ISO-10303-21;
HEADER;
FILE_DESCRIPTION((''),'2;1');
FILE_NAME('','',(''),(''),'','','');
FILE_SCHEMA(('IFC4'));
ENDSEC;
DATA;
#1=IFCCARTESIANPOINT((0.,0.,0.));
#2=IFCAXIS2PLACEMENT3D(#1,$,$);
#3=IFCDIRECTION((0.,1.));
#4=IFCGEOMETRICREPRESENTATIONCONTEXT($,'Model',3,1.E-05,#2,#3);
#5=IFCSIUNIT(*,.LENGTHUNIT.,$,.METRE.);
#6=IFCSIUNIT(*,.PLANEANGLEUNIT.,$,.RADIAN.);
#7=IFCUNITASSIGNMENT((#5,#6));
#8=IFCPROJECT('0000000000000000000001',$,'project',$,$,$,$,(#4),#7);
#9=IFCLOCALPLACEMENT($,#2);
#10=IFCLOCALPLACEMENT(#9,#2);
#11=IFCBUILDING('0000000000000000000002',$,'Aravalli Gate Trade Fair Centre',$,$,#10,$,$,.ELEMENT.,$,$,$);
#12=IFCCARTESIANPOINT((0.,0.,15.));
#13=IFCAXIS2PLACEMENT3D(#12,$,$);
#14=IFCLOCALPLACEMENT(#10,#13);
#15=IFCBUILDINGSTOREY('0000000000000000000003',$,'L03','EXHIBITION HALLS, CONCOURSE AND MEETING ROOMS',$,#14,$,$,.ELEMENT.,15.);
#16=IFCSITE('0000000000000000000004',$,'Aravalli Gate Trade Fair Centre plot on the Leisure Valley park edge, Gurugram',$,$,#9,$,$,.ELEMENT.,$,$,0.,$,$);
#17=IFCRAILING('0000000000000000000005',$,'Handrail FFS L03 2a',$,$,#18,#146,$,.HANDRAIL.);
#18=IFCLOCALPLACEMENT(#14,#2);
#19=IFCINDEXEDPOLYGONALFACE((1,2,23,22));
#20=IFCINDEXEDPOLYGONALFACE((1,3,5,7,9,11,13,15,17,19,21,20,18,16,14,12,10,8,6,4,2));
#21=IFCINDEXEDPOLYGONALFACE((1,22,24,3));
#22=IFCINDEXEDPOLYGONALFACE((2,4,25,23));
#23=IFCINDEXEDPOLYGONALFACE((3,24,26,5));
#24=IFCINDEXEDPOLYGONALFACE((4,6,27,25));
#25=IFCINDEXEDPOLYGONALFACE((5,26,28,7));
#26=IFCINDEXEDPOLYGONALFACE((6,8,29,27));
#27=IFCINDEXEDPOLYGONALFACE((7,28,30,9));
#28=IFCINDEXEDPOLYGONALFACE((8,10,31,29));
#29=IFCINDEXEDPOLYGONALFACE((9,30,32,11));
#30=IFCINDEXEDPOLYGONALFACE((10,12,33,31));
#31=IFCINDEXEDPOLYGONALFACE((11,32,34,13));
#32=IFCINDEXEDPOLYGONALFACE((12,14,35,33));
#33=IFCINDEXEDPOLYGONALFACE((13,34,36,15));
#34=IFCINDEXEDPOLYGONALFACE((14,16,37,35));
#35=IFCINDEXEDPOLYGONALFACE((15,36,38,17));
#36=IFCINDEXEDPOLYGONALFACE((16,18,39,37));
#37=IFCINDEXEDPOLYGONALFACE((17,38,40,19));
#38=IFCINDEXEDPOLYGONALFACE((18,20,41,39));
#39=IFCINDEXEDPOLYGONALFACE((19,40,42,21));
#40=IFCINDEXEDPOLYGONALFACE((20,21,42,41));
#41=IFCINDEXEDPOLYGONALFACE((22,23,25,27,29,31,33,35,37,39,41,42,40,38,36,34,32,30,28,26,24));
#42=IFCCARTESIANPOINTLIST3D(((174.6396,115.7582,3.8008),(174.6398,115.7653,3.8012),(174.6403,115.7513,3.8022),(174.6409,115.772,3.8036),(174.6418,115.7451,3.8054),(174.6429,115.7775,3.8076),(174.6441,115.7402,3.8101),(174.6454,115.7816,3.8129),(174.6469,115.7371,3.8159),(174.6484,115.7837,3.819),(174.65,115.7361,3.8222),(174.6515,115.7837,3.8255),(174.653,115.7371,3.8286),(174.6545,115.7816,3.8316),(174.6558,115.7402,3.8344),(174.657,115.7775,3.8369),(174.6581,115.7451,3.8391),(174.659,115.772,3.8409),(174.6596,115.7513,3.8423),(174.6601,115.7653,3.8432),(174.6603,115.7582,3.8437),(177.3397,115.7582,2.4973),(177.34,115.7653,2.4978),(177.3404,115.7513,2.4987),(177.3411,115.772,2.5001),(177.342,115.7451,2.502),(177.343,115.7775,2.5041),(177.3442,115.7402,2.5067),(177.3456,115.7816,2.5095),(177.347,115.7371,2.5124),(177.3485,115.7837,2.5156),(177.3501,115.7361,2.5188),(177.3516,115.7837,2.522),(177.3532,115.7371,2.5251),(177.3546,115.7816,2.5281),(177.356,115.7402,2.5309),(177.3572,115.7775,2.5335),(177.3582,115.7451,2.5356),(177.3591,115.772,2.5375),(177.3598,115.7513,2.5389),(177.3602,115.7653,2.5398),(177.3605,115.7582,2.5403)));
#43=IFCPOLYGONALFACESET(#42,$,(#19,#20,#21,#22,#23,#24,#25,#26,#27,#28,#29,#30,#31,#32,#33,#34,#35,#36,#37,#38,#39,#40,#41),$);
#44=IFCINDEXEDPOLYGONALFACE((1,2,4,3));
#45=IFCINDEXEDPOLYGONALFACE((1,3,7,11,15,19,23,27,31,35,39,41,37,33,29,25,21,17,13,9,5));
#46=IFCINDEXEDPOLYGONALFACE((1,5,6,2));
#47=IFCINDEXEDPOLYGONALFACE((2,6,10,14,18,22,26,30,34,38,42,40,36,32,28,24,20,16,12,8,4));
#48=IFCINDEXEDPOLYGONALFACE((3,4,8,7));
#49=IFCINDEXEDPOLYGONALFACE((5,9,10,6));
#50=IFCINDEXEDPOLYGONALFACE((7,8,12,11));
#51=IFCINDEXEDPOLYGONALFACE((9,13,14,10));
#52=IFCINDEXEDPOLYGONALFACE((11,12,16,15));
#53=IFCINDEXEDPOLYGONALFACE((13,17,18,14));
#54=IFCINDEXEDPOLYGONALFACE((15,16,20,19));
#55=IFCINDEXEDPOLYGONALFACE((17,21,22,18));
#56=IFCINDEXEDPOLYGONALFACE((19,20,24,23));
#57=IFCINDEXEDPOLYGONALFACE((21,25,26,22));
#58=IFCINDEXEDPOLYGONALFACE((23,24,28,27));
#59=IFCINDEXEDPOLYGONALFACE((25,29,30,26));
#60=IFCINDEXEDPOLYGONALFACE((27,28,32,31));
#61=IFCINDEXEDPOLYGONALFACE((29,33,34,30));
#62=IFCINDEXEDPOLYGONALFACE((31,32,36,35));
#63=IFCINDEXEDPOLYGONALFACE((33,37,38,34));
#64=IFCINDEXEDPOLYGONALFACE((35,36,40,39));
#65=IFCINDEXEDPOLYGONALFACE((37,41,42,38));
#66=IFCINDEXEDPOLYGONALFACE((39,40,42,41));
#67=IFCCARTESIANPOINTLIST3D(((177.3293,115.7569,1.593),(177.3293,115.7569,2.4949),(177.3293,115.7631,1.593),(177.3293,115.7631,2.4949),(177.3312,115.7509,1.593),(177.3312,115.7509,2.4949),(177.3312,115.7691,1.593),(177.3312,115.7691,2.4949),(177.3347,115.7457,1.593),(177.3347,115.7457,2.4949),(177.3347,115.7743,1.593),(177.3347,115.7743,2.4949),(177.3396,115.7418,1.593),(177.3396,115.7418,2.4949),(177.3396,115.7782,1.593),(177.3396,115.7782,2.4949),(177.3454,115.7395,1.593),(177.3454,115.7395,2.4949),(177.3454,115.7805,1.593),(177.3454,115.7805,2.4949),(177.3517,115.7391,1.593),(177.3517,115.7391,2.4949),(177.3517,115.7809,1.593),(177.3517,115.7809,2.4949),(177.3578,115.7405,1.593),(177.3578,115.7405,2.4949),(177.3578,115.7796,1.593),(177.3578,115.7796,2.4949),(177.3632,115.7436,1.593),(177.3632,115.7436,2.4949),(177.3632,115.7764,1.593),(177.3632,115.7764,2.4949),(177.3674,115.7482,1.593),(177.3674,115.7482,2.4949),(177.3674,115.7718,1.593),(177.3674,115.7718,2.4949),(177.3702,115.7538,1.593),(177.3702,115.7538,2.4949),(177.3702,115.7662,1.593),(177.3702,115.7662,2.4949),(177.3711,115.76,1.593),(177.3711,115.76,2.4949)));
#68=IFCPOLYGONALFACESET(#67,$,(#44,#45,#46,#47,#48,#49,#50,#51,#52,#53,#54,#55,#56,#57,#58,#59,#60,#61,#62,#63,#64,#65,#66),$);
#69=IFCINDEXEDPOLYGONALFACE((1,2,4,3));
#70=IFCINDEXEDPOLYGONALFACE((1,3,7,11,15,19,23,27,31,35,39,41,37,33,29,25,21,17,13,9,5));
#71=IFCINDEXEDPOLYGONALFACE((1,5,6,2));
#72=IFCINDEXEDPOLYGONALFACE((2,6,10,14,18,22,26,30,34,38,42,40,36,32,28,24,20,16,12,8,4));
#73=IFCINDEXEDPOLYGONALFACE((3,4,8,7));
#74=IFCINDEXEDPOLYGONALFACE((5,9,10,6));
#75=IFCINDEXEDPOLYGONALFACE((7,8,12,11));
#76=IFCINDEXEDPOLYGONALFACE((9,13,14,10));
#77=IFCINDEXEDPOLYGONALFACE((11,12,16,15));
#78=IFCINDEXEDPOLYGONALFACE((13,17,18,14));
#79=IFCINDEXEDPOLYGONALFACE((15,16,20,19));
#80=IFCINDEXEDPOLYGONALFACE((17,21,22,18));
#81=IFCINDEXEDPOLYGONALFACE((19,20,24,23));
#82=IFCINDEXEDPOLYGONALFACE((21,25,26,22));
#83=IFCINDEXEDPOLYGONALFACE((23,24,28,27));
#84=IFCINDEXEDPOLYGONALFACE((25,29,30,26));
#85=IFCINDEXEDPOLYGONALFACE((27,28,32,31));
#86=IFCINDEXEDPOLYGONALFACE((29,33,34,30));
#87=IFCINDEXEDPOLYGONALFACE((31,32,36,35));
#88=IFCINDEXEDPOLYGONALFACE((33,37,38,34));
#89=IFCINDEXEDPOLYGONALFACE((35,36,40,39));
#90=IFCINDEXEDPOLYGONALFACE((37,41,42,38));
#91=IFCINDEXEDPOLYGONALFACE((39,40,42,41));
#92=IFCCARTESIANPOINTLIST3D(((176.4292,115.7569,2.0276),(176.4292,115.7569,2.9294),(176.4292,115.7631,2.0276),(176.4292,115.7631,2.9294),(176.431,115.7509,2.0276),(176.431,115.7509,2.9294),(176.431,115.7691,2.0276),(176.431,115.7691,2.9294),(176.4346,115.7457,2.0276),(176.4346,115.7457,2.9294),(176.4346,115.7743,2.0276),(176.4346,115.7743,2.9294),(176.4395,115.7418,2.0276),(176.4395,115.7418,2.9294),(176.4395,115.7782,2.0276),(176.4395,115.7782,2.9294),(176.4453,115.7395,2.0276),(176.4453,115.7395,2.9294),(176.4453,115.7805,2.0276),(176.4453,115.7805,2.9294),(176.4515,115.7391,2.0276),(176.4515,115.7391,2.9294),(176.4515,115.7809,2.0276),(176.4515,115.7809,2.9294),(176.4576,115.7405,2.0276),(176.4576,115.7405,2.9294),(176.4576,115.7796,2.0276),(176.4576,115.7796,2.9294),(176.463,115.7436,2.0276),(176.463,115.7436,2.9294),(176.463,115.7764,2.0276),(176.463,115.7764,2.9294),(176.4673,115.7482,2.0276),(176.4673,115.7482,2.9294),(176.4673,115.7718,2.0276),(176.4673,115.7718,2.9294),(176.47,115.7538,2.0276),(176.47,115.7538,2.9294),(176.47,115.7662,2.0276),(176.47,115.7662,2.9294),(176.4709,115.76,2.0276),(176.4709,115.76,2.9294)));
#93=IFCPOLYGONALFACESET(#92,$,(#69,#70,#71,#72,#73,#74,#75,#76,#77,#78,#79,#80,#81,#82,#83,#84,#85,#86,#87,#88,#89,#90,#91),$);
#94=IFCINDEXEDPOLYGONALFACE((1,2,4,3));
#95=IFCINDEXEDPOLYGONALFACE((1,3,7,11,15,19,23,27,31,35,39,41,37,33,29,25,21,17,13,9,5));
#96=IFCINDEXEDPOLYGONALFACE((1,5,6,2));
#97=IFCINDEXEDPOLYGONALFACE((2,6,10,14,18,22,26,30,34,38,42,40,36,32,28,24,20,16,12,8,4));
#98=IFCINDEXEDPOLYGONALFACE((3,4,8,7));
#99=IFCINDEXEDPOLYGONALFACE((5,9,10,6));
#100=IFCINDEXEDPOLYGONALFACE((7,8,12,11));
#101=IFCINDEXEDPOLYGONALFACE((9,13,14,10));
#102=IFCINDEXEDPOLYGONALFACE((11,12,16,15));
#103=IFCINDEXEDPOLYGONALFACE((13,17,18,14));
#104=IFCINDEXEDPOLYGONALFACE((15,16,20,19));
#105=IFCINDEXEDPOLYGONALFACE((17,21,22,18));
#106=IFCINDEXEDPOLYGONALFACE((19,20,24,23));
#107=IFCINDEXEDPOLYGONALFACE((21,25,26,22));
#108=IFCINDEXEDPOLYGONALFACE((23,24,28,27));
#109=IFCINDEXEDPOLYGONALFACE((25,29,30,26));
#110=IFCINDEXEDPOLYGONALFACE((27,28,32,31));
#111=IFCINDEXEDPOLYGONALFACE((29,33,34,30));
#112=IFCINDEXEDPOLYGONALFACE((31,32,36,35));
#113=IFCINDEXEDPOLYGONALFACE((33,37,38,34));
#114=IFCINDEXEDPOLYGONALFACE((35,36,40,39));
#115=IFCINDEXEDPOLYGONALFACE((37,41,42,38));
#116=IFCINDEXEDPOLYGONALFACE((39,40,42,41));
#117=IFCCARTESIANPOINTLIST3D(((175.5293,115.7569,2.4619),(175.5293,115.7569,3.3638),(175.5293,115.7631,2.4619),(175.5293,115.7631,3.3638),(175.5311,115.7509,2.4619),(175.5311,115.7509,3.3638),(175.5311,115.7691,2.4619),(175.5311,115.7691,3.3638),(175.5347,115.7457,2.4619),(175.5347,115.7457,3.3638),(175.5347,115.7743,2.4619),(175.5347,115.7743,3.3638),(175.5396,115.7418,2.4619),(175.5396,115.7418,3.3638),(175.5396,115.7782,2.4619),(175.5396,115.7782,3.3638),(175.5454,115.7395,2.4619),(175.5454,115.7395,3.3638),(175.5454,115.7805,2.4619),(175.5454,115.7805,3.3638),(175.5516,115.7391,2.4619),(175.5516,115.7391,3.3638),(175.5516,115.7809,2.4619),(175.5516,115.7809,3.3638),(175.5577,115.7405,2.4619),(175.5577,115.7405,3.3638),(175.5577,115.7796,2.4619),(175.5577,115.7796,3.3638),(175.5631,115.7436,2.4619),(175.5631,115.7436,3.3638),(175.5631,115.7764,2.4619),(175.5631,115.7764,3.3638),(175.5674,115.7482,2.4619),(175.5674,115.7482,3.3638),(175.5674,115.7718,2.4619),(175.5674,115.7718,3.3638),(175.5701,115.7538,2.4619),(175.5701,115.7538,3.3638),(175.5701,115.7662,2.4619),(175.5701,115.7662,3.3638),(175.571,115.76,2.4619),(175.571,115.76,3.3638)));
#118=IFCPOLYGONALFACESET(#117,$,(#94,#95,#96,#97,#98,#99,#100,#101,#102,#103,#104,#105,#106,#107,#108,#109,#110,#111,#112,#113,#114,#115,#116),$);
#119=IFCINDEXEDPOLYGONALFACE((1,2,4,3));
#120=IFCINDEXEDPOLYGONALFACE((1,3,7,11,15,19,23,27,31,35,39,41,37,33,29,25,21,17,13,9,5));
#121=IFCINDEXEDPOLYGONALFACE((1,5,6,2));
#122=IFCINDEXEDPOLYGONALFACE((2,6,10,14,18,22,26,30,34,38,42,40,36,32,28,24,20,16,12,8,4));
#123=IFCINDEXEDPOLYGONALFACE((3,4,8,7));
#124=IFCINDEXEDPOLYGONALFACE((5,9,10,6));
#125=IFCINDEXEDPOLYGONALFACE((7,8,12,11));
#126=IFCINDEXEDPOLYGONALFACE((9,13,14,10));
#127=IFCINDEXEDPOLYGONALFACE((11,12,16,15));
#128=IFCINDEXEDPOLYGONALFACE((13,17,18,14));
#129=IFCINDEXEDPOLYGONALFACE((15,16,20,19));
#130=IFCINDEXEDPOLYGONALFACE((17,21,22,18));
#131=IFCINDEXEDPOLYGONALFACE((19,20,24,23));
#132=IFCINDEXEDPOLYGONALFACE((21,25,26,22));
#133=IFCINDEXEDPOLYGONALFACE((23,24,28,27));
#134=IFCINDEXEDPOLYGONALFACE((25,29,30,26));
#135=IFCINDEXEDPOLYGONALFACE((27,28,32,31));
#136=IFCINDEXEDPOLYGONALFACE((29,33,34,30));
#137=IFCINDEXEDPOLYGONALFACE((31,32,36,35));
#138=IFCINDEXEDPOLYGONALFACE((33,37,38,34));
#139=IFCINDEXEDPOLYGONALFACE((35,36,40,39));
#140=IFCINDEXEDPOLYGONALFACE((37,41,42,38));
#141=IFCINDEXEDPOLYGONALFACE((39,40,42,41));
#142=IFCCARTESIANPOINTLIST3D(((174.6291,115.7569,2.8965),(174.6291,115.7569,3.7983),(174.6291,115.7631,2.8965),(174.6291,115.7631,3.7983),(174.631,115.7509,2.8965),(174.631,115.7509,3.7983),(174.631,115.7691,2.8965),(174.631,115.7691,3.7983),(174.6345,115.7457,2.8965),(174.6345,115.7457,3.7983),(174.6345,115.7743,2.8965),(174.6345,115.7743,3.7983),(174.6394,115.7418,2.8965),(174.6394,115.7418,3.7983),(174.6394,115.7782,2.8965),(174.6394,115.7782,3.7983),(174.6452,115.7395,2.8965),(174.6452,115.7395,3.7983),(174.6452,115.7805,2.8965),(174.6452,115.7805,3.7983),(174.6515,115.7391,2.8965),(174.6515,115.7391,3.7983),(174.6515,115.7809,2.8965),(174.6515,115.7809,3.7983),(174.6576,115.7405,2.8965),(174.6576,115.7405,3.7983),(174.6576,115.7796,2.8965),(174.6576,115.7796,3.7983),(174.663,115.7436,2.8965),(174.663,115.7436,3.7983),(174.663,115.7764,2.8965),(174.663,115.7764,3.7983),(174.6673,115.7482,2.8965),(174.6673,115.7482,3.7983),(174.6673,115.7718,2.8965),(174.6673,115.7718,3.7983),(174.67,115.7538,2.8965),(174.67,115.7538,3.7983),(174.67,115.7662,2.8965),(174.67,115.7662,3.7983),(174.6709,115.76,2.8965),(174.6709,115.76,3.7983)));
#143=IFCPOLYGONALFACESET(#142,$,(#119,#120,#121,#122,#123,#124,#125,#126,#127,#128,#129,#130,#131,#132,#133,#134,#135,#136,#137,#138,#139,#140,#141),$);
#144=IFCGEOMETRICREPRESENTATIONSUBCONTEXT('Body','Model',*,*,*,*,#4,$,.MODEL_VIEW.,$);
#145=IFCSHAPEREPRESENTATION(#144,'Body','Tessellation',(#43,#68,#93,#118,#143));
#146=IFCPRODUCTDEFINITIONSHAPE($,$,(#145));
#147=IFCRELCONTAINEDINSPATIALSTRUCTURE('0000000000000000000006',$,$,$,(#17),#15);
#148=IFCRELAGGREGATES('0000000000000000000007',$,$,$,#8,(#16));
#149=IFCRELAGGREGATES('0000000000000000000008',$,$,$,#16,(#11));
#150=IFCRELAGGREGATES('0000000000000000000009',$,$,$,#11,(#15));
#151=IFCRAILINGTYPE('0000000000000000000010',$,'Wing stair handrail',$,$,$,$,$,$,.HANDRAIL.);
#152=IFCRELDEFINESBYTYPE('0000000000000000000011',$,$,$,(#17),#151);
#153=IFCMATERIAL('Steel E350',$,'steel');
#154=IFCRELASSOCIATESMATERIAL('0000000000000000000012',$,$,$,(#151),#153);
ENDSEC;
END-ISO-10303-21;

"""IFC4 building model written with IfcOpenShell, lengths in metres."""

from ifc_helpers import new_model, si_unit, direction, frame, origin, origin_2d, place, context, subcontext, project, spatial, circle, extrude, material, type_object, element, save


model = new_model("IFC4")

# Units and contexts
model_context = context("Model", 3, precision=1e-05, world=origin(), true_north=direction((0.0, 1.0)))
body_context = subcontext(model_context, "Body", "Model", "MODEL_VIEW")
ifc_project = project(units=[si_unit("LENGTHUNIT", "METRE"), si_unit("PLANEANGLEUNIT", "RADIAN")], contexts=[model_context])

# Site, building, storey
site_placement = place(None, origin())
site = spatial("IfcSite", under=ifc_project, at=site_placement, Name="Aravalli Gate Trade Fair Centre plot on the Leisure Valley park edge, Gurugram", CompositionType="ELEMENT", RefElevation=0.0)
building_placement = place(site_placement, origin())
building = spatial("IfcBuilding", under=site, at=building_placement, Name="Aravalli Gate Trade Fair Centre", CompositionType="ELEMENT")
storey_placement = place(building_placement, frame((0.0, 0.0, 15.0)))
storey = spatial("IfcBuildingStorey", under=building, at=storey_placement, Name="L03", Description="EXHIBITION HALLS, CONCOURSE AND MEETING ROOMS", CompositionType="ELEMENT", Elevation=15.0)

# Shared definitions
ifc_material_1 = material(Name="Steel E350", Category="steel")

# Railing
railing_type_1 = type_object("IfcRailingType", Name="Wing stair handrail", PredefinedType="HANDRAIL", material=ifc_material_1)
for number, where, name in (
    (1, (177.3501, 115.76, 1.593), "Handrail FFS L03 2a"),
):
    element("IfcRailing", number, at=place(storey_placement, frame(where)), inside=storey, type_object=railing_type_1, Name=name, PredefinedType="HANDRAIL", context=body_context, shape_type="SweptSolid", body=[
        extrude(circle(Radius=0.0239, at=origin_2d()), frame((0.0, 0.0, 0.9258), z_axis=(-0.900562, 0.0, 0.434729), x_axis=(0.0, -1.0, 0.0)), (0.0, 0.0, 1.0), 2.9983),
        extrude(circle(Radius=0.021, at=origin_2d()), origin(), (0.0, 0.0, 1.0), 0.9019),
        extrude(circle(Radius=0.021, at=origin_2d()), frame((-0.9001, 0.0, 0.4346)), (0.0, 0.0, 1.0), 0.9019),
        extrude(circle(Radius=0.021, at=origin_2d()), frame((-1.8, 0.0, 0.8689)), (0.0, 0.0, 1.0), 0.9019),
        extrude(circle(Radius=0.021, at=origin_2d()), frame((-2.7002, 0.0, 1.3035)), (0.0, 0.0, 1.0), 0.9019),
    ])

save(model, "model.ifc")
